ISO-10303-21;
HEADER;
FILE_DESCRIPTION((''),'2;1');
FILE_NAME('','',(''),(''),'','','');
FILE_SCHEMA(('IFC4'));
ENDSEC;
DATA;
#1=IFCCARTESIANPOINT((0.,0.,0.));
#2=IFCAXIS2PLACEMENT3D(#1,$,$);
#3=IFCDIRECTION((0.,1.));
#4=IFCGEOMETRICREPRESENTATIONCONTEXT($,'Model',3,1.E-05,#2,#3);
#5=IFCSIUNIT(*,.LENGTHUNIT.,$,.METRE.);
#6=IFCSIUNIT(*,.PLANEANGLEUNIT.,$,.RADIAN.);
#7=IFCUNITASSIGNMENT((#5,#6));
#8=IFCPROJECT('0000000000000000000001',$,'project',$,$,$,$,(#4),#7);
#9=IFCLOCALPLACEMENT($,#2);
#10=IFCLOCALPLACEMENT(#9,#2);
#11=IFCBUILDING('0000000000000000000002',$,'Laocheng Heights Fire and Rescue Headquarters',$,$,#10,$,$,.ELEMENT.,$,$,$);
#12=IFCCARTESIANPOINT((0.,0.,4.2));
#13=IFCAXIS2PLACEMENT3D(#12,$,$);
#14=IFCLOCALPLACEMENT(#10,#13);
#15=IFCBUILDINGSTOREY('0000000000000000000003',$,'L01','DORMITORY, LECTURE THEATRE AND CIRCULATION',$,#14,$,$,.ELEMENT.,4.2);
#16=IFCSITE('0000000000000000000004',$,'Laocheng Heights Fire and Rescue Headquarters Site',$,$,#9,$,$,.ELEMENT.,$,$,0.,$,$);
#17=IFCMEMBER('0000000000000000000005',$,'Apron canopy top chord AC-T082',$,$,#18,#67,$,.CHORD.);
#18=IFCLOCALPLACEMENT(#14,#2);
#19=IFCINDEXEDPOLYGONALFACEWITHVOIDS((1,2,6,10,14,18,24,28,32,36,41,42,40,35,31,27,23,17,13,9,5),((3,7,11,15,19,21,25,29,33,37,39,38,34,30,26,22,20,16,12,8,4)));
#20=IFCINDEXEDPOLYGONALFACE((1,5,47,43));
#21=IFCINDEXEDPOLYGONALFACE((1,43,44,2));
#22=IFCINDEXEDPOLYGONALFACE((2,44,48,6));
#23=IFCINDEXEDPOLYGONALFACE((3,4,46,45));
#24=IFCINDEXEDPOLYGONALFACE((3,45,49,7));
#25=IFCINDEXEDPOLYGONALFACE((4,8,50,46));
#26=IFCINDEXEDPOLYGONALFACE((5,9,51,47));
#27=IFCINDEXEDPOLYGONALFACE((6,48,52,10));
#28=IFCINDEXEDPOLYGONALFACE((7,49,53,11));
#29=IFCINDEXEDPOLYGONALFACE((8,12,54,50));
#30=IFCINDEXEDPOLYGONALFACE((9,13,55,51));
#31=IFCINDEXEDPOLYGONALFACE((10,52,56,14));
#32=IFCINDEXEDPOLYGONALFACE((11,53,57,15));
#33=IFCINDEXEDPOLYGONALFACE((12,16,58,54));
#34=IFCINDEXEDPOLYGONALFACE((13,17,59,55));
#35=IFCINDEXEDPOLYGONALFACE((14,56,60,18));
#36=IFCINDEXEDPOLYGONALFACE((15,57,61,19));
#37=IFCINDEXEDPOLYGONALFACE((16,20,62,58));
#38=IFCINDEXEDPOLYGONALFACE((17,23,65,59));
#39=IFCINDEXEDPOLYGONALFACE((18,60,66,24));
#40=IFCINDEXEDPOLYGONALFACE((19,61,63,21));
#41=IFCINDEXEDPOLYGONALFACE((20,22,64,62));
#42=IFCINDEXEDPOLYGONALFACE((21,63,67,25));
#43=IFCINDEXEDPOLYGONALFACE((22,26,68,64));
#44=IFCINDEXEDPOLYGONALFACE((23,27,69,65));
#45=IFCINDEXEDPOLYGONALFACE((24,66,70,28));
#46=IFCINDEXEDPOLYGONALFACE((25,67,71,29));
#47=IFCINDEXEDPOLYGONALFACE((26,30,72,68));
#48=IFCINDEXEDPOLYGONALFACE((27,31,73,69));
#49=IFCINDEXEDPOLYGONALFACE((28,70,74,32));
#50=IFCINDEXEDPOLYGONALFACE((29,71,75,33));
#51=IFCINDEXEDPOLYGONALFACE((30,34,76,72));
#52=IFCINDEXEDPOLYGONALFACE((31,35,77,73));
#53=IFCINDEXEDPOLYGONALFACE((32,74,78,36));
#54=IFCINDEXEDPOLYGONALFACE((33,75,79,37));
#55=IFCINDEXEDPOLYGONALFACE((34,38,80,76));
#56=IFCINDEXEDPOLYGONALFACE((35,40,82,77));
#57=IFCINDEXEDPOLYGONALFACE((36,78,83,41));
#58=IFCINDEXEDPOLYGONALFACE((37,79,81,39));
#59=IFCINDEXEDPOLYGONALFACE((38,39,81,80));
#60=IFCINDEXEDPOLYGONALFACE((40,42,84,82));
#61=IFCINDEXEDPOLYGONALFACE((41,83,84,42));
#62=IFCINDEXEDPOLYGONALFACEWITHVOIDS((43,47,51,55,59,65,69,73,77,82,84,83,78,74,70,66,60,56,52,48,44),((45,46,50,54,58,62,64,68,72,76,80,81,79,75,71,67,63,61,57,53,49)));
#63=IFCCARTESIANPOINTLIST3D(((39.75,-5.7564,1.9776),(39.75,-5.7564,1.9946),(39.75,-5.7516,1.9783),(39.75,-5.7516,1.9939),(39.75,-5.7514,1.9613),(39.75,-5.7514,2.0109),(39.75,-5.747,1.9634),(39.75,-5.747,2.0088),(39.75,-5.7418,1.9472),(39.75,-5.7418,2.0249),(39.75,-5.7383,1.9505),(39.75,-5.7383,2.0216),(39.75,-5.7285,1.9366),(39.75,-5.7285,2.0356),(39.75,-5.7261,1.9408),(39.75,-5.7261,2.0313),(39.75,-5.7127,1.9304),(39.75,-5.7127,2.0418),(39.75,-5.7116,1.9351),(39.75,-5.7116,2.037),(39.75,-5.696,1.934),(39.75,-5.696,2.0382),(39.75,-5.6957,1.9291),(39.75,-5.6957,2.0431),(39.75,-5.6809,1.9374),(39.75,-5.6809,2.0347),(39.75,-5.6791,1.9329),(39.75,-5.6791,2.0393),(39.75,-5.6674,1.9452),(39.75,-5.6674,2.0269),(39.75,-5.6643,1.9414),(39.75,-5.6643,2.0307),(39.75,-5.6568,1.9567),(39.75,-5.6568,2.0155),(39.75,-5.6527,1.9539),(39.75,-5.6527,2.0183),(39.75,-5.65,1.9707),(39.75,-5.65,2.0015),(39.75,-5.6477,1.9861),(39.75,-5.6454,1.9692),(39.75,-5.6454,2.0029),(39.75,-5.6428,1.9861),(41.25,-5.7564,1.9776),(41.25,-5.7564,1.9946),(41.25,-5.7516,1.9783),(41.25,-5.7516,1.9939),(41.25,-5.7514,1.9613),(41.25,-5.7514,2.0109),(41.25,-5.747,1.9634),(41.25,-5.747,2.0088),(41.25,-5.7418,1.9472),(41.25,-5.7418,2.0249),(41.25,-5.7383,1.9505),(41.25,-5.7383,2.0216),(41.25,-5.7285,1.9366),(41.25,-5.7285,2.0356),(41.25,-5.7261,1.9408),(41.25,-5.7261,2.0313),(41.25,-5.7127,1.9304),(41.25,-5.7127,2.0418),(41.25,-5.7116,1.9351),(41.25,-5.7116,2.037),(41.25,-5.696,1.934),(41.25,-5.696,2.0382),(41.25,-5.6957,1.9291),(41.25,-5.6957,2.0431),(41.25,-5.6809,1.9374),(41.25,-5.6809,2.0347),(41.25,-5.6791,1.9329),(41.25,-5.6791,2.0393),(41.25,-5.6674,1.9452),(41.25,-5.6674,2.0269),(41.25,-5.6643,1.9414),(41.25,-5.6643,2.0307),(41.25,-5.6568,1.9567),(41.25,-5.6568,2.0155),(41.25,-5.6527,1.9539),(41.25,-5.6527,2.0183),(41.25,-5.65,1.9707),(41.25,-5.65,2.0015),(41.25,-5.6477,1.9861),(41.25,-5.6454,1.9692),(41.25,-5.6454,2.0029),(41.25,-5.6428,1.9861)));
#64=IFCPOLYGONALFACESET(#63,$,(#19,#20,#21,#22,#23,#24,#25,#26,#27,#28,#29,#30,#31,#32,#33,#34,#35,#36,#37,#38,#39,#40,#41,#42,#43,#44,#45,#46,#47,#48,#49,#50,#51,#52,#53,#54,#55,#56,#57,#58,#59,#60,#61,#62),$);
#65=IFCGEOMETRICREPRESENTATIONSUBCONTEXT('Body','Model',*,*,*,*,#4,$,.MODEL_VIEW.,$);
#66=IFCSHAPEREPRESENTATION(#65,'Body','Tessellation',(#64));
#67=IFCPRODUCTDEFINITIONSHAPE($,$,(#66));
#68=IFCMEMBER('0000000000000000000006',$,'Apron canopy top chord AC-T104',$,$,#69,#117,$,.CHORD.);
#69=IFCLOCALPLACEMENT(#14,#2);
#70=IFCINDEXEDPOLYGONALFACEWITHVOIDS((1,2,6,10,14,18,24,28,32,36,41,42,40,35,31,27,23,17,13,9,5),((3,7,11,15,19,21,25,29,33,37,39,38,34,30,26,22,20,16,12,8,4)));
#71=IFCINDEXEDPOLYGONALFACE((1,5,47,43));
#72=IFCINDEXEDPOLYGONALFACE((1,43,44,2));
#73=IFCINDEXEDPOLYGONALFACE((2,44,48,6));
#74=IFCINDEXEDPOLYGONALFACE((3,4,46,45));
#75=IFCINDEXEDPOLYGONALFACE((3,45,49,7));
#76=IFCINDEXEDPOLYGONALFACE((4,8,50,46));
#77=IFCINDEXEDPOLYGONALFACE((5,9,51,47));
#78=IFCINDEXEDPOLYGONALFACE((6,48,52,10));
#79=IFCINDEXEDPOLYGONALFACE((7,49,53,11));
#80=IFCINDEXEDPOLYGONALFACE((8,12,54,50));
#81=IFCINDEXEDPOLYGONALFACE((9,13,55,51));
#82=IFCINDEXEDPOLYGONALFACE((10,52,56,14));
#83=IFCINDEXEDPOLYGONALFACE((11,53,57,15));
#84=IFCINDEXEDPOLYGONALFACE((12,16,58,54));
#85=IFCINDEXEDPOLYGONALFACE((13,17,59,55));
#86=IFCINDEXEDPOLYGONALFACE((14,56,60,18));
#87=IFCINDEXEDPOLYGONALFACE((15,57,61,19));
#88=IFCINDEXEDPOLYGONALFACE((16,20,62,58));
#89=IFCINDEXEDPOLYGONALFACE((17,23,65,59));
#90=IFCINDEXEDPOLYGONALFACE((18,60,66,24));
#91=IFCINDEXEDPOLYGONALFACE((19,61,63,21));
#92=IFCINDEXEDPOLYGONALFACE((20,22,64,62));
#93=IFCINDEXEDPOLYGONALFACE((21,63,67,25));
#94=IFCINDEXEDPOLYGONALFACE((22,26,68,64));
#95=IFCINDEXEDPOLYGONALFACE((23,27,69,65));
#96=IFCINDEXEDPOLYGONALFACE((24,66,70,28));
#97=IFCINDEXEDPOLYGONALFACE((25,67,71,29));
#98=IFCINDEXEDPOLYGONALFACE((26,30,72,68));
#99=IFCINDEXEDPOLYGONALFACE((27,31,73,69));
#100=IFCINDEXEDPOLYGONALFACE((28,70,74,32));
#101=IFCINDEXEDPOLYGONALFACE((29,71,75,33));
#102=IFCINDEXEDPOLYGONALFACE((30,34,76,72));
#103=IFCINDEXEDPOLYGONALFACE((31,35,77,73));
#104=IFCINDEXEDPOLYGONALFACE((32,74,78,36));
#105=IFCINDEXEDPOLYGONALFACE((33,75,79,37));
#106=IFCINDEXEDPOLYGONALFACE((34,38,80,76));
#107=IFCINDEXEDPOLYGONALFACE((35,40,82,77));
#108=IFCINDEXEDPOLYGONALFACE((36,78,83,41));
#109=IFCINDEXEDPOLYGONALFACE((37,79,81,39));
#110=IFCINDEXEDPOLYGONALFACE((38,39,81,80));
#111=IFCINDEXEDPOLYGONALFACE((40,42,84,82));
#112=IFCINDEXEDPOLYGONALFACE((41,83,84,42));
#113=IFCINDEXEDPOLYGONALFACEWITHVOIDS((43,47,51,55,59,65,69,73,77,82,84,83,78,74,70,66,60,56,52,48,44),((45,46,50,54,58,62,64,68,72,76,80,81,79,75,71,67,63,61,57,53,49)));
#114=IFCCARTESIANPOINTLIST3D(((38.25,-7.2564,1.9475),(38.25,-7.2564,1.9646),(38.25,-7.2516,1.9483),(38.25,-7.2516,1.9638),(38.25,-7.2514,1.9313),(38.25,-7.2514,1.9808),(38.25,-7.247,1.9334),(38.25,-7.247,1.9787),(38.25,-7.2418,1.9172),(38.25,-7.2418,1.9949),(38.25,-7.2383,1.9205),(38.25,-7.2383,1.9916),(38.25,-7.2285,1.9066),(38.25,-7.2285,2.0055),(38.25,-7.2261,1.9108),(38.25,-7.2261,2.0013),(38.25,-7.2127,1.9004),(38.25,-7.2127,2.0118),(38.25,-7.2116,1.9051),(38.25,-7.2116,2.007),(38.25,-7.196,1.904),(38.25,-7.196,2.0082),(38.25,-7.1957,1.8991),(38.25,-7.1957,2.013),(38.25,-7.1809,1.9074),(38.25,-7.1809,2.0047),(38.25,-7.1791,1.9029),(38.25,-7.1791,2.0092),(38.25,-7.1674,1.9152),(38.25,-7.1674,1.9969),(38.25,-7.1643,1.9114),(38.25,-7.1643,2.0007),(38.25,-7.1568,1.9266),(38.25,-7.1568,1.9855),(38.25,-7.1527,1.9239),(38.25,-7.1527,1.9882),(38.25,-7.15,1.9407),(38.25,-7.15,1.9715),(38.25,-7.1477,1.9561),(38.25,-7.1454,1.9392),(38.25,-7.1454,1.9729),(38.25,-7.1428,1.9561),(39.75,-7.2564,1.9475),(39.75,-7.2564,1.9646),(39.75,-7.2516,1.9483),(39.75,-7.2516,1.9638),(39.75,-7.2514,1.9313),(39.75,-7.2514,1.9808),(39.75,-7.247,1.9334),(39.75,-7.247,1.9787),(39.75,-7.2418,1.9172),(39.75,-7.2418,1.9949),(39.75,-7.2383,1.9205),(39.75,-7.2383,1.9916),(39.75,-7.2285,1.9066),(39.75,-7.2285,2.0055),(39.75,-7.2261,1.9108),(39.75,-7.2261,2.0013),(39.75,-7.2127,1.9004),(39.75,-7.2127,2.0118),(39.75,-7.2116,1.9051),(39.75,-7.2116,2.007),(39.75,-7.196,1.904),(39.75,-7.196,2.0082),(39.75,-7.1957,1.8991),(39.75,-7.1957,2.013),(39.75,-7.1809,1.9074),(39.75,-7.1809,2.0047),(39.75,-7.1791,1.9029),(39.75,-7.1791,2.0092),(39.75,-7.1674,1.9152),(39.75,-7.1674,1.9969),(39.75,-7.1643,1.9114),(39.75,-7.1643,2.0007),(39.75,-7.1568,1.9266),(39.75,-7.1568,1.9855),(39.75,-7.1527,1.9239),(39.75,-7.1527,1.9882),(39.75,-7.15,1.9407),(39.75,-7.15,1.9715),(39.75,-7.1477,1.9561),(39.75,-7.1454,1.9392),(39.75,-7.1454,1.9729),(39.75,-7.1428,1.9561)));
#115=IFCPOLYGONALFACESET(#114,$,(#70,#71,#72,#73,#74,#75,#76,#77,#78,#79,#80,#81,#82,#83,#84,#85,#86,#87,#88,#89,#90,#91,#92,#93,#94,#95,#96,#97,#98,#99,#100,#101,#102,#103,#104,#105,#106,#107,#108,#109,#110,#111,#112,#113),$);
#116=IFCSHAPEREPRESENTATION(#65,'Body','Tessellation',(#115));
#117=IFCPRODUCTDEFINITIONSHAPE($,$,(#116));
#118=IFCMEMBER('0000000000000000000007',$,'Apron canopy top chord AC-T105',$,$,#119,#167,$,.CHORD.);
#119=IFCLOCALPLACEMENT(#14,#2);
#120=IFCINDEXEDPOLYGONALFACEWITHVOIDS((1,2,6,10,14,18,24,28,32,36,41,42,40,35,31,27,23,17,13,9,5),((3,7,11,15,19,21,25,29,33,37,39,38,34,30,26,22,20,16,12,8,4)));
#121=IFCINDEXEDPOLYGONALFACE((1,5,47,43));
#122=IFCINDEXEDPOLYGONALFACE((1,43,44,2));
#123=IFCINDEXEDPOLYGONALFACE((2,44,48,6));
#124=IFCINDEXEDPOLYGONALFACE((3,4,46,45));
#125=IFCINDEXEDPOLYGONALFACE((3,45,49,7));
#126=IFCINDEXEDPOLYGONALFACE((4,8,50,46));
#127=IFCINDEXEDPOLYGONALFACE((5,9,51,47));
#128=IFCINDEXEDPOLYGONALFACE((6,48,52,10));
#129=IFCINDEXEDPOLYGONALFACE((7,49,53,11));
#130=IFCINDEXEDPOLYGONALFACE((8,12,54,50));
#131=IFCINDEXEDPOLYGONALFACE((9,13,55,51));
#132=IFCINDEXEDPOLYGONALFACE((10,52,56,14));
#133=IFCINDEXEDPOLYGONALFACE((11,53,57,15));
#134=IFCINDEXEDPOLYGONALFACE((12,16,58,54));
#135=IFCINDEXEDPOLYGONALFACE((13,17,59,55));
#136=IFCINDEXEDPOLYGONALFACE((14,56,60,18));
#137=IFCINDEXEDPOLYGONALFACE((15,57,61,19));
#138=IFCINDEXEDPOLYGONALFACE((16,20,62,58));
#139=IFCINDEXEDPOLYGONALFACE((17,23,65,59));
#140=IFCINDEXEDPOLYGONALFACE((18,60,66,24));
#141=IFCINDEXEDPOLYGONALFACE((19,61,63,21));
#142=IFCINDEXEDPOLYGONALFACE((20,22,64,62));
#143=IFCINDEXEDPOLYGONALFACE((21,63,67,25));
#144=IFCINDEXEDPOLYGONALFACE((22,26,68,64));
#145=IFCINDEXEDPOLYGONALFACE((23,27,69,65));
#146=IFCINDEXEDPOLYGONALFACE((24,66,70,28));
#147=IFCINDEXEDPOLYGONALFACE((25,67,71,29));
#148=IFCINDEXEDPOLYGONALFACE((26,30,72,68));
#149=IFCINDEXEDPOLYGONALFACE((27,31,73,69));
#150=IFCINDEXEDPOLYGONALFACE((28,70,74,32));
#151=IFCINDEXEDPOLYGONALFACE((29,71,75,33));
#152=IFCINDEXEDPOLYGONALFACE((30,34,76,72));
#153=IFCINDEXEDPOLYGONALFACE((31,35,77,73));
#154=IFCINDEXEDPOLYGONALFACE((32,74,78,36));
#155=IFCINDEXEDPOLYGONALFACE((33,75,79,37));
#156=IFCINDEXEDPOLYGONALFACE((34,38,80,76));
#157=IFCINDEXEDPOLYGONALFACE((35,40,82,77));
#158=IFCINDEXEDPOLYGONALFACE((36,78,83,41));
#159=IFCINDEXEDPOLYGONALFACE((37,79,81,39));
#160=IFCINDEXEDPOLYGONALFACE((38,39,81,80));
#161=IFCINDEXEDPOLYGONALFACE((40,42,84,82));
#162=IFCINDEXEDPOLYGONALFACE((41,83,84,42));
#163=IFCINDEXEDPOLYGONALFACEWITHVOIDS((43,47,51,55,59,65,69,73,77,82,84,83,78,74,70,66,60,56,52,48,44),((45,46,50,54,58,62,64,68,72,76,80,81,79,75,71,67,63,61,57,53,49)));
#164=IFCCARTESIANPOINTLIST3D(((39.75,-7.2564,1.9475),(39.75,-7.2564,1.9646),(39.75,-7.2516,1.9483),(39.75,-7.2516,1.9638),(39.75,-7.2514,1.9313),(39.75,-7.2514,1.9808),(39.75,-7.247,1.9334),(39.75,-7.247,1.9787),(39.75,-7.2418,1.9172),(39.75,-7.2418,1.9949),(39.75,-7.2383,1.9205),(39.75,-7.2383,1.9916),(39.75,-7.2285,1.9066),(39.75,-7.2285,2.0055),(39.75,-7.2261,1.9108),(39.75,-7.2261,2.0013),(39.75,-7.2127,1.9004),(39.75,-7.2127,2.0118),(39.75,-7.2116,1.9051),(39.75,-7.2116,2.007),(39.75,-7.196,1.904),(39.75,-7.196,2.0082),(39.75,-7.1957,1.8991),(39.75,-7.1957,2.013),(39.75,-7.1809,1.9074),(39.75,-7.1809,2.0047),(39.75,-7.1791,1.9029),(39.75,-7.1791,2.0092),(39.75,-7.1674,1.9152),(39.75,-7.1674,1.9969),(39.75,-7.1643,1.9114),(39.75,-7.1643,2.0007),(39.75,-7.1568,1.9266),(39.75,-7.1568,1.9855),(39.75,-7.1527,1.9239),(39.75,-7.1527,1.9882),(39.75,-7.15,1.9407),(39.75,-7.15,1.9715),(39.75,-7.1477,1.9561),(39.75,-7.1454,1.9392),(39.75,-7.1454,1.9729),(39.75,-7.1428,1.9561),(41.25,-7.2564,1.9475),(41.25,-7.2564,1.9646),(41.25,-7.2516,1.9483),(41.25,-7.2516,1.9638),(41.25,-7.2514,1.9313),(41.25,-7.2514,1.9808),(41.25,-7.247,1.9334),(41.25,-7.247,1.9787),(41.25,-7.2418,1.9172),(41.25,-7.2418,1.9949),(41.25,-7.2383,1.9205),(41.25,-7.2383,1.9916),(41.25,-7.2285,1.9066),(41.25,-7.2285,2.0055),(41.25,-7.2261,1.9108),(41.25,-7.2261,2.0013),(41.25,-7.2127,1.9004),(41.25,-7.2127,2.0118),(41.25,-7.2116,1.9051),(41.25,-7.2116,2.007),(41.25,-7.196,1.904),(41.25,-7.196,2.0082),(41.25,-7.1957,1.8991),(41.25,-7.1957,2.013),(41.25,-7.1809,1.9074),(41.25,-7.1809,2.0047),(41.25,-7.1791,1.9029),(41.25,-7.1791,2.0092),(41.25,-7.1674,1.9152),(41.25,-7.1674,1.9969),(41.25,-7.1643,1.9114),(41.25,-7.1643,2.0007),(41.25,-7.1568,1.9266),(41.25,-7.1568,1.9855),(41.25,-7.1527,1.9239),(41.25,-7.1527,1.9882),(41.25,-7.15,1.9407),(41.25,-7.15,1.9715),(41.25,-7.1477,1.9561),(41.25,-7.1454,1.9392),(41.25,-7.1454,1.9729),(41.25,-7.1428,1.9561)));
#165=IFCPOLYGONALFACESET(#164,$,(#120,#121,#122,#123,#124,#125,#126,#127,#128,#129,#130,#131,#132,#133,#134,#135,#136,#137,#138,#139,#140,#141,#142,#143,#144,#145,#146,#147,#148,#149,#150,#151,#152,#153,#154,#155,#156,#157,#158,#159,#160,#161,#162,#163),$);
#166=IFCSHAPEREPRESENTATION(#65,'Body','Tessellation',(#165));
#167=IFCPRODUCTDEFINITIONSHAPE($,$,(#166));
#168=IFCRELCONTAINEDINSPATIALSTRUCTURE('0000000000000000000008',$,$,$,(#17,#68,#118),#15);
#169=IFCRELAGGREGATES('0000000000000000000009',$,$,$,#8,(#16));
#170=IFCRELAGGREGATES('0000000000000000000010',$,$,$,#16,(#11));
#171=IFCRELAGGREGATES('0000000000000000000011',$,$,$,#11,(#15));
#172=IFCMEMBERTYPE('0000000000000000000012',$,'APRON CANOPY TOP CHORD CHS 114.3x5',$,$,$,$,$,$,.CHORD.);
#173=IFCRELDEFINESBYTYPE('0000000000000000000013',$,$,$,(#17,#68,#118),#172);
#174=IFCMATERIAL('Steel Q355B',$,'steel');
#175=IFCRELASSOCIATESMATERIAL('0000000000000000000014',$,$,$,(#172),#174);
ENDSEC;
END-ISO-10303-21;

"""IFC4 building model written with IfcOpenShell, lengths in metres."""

from ifc_helpers import new_model, si_unit, direction, frame, origin, origin_2d, place, context, subcontext, project, spatial, hollow_circle, extrude, material, material_profile, profile_set, type_object, element, save


model = new_model("IFC4")

# Units and contexts
model_context = context("Model", 3, precision=1e-05, world=origin(), true_north=direction((0.0, 1.0)))
body_context = subcontext(model_context, "Body", "Model", "MODEL_VIEW")
ifc_project = project(units=[si_unit("LENGTHUNIT", "METRE"), si_unit("PLANEANGLEUNIT", "RADIAN")], contexts=[model_context])

# Site, building, storey
site_placement = place(None, origin())
site = spatial("IfcSite", under=ifc_project, at=site_placement, Name="Laocheng Heights Fire and Rescue Headquarters Site", CompositionType="ELEMENT", RefElevation=0.0)
building_placement = place(site_placement, origin())
building = spatial("IfcBuilding", under=site, at=building_placement, Name="Laocheng Heights Fire and Rescue Headquarters", CompositionType="ELEMENT")
storey_placement = place(building_placement, frame((0.0, 0.0, 4.2)))
storey = spatial("IfcBuildingStorey", under=building, at=storey_placement, Name="L01", Description="DORMITORY, LECTURE THEATRE AND CIRCULATION", CompositionType="ELEMENT", Elevation=4.2)

# Members
ifc_material_1 = material(Name="Steel Q355B", Category="steel")
ifc_material_profile_1 = material_profile(ifc_material_1, hollow_circle(Radius=0.0571, WallThickness=0.0049, at=origin_2d()), Name="CHS 114.3x5")
ifc_profile_set_1 = profile_set([ifc_material_profile_1], Name="Steel Q355B")
member_type_1 = type_object("IfcMemberType", Name="APRON CANOPY TOP CHORD CHS 114.3x5", PredefinedType="CHORD", material=ifc_profile_set_1)
for number, where, z_axis, x_axis, name in (
    (1, (39.75, -5.7, 1.9861), (1.0, 0.0, 0.0), (0.0, 1.0, 0.0), "Apron canopy top chord AC-T082"),
    (2, (38.25, -7.2, 1.9561), (1.0, 0.0, 0.0), (0.0, 1.0, 0.0), "Apron canopy top chord AC-T104"),
    (3, (39.75, -7.2, 1.9561), (1.0, 0.0, 0.0), (0.0, 1.0, 0.0), "Apron canopy top chord AC-T105"),
):
    element("IfcMember", number, at=place(storey_placement, frame(where, z_axis=z_axis, x_axis=x_axis)), inside=storey, type_object=member_type_1, Name=name, PredefinedType="CHORD", context=body_context, shape_type="SweptSolid", body=[
        extrude(hollow_circle(Radius=0.0571, WallThickness=0.0049, at=origin_2d()), origin(), (0.0, 0.0, 1.0), 1.5),
    ])

save(model, "model.ifc")
